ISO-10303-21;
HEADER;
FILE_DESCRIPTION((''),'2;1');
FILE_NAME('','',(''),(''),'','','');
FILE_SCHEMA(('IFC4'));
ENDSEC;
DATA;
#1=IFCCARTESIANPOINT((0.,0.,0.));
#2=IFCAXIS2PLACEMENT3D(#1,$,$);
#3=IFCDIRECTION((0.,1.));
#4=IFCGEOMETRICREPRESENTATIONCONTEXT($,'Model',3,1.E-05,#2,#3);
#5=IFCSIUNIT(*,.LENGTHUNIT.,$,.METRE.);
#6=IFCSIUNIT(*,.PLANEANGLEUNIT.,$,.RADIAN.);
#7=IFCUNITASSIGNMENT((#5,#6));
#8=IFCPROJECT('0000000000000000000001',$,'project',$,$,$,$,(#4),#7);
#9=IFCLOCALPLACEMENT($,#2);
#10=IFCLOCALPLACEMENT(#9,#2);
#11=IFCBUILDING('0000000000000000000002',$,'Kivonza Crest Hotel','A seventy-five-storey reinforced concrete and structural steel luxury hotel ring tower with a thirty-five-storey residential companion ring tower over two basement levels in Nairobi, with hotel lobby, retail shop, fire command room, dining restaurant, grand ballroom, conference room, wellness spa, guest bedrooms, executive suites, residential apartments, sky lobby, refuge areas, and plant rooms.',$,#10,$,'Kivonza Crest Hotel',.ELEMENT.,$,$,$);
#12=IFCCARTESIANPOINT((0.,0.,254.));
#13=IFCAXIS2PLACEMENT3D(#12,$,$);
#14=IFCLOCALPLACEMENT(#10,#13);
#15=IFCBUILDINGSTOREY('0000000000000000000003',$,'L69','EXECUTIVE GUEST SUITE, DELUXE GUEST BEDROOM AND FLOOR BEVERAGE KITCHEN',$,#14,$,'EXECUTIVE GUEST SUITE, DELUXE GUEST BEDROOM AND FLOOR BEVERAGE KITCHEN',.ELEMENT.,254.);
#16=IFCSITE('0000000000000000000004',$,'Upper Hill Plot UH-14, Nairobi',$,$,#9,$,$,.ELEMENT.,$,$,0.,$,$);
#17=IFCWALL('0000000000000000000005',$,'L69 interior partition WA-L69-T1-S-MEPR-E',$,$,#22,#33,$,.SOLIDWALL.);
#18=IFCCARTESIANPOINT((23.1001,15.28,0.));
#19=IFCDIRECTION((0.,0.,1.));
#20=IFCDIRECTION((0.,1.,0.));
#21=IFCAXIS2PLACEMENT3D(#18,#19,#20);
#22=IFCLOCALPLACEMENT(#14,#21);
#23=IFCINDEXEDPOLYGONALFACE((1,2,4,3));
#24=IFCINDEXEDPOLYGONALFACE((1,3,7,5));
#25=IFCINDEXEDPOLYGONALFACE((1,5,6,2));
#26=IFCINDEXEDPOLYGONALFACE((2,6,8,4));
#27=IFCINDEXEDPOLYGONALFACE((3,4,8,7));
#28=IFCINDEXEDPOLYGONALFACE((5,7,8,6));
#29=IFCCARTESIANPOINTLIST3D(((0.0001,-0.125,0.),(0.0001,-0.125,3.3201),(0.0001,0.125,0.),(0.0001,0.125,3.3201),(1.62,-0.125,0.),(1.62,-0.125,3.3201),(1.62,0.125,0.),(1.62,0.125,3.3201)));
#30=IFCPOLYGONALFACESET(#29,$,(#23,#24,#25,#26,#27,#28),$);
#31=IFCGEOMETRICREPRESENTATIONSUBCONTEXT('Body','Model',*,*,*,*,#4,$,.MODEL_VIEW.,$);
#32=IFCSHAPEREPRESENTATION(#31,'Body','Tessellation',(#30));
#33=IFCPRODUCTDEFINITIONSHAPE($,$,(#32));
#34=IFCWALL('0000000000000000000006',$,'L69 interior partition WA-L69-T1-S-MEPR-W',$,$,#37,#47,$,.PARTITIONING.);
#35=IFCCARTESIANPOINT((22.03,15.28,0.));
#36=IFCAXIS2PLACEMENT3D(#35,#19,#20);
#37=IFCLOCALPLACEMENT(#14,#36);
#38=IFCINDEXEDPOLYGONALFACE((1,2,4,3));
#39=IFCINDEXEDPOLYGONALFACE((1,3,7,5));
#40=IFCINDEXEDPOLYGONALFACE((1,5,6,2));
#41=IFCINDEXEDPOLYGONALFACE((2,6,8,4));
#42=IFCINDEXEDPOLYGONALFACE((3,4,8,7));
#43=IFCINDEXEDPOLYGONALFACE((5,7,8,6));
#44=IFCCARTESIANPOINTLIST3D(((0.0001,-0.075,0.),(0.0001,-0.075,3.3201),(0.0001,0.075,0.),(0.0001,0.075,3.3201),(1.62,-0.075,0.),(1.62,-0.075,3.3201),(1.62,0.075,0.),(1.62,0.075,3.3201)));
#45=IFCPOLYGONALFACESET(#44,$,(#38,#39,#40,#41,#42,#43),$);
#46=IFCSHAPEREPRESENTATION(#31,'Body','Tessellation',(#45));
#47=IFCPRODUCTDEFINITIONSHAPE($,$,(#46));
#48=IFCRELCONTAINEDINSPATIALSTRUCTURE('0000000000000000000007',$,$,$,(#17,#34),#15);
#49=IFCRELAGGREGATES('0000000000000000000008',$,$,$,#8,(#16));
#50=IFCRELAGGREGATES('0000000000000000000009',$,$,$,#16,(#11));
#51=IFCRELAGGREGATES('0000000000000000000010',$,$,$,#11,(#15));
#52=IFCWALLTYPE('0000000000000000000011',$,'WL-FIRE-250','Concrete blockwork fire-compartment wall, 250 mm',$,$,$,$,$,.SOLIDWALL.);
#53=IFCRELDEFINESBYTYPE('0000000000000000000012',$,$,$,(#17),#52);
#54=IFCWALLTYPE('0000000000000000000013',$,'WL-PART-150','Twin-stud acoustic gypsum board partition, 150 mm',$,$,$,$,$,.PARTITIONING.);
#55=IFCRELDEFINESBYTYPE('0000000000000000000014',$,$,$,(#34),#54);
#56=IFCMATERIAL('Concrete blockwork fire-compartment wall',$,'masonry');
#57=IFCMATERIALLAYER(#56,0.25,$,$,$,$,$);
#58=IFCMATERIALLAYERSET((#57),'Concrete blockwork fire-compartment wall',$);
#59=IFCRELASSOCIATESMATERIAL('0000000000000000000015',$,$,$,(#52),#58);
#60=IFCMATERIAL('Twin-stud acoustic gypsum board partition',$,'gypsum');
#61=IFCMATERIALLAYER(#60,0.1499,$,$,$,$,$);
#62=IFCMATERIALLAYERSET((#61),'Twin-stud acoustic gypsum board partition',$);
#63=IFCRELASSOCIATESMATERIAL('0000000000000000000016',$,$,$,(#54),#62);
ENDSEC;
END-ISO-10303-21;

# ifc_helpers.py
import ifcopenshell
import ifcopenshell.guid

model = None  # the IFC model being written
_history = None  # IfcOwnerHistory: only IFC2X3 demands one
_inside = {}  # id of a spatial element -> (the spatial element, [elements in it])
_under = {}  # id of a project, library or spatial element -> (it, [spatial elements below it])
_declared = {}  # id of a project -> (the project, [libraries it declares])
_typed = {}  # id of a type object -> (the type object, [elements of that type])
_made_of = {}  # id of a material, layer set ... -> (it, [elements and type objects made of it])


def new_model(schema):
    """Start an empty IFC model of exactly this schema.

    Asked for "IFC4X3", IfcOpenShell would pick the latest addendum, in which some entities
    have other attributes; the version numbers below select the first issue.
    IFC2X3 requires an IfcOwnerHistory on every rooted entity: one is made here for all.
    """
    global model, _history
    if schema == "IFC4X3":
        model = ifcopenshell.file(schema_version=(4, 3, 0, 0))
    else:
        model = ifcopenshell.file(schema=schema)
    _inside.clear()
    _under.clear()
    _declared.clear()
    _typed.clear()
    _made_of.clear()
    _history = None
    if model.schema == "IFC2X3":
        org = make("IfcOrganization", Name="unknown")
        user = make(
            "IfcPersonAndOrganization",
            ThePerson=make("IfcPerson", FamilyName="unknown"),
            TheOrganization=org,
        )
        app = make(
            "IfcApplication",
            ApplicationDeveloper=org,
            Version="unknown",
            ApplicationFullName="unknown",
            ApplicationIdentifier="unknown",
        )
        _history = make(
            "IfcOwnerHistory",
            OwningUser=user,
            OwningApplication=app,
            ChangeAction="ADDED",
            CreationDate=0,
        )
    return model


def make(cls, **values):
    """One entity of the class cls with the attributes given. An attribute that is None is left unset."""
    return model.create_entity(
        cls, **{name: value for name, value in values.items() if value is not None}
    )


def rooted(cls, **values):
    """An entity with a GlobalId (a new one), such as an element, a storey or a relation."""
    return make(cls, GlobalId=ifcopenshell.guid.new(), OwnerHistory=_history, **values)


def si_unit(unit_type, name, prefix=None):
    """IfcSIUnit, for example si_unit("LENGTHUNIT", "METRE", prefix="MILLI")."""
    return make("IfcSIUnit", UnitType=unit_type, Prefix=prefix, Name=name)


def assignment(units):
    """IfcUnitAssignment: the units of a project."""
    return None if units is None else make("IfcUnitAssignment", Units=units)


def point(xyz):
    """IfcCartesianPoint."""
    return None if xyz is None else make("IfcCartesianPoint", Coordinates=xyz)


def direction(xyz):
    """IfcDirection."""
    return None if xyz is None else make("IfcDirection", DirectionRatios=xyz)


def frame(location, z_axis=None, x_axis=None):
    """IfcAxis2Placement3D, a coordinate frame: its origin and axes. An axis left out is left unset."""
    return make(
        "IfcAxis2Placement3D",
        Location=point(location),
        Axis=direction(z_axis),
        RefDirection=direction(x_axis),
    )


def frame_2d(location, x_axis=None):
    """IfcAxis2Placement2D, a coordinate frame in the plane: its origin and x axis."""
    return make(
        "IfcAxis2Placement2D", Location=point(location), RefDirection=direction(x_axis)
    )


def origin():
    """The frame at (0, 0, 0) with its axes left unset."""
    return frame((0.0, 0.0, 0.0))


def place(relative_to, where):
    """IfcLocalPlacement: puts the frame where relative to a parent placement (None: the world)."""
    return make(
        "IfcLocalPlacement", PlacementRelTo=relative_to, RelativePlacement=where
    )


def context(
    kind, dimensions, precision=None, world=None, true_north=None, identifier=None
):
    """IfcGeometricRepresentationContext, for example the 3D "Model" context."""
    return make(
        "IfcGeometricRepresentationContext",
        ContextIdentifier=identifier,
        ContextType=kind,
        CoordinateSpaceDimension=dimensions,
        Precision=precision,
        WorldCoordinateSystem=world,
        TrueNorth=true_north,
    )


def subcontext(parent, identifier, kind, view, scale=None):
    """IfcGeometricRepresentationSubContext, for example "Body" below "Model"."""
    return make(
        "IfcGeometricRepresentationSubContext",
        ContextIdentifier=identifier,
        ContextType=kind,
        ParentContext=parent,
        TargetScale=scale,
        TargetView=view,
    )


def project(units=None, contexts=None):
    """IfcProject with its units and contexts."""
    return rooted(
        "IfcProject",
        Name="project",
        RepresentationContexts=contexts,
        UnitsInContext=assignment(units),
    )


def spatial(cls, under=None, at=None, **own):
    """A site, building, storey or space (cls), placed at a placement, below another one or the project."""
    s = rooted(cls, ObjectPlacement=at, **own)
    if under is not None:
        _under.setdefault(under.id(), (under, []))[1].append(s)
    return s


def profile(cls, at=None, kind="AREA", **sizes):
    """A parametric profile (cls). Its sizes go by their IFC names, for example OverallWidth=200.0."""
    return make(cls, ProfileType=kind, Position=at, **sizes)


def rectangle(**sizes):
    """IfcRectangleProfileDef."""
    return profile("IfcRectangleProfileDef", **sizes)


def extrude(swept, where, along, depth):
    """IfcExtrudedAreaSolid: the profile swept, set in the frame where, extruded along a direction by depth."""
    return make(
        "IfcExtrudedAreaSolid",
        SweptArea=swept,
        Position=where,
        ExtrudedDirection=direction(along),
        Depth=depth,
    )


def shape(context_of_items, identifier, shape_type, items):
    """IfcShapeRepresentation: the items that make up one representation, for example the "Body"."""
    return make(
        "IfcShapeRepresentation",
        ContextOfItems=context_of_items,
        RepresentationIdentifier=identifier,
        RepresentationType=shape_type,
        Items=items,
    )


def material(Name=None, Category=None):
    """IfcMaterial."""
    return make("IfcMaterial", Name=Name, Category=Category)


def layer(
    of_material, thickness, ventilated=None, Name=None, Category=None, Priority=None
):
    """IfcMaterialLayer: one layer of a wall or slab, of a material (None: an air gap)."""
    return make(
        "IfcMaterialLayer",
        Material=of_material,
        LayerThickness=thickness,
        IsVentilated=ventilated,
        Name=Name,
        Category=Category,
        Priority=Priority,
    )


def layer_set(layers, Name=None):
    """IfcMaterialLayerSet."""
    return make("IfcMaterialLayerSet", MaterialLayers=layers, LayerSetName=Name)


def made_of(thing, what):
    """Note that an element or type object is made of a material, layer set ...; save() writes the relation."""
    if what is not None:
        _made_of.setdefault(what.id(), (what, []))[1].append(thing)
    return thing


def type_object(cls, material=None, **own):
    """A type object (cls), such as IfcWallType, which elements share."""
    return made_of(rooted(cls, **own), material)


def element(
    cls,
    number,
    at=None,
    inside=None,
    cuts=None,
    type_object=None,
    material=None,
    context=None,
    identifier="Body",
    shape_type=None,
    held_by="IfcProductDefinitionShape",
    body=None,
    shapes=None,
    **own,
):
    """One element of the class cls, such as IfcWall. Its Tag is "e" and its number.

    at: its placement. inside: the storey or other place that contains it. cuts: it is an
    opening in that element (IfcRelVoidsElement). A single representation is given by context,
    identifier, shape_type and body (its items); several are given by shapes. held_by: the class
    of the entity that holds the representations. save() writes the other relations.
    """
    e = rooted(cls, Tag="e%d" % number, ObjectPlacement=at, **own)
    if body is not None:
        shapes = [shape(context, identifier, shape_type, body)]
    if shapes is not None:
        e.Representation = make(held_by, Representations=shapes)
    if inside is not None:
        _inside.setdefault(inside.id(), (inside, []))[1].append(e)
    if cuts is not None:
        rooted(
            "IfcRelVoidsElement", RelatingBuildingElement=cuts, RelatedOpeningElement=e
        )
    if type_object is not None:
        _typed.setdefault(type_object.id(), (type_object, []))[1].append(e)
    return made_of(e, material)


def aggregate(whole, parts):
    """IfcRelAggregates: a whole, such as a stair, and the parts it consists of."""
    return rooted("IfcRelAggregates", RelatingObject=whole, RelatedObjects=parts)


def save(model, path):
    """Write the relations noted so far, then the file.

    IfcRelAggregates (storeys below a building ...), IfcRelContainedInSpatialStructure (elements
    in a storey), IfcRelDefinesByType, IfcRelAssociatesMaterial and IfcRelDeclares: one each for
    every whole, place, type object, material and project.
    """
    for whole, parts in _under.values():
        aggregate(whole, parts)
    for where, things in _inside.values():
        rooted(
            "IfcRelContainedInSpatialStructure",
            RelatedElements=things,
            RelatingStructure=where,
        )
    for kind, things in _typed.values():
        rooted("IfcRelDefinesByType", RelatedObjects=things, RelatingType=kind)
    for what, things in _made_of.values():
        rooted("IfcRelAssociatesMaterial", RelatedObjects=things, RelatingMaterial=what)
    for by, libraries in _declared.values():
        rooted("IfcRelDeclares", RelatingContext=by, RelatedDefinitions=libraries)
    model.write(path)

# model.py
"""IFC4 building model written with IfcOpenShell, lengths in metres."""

from ifc_helpers import new_model, si_unit, direction, frame, frame_2d, origin, place, context, subcontext, project, spatial, rectangle, extrude, material, layer, layer_set, type_object, element, save


model = new_model("IFC4")

# Units and contexts
model_context = context("Model", 3, precision=1e-05, world=origin(), true_north=direction((0.0, 1.0)))
body_context = subcontext(model_context, "Body", "Model", "MODEL_VIEW")
ifc_project = project(units=[si_unit("LENGTHUNIT", "METRE"), si_unit("PLANEANGLEUNIT", "RADIAN")], contexts=[model_context])

# Site, building, storey
site_placement = place(None, origin())
site = spatial("IfcSite", under=ifc_project, at=site_placement, Name="Upper Hill Plot UH-14, Nairobi", CompositionType="ELEMENT", RefElevation=0.0)
building_placement = place(site_placement, origin())
building = spatial("IfcBuilding", under=site, at=building_placement, Name="Kivonza Crest Hotel", Description="A seventy-five-storey reinforced concrete and structural steel luxury hotel ring tower with a thirty-five-storey residential companion ring tower over two basement levels in Nairobi, with hotel lobby, retail shop, fire command room, dining restaurant, grand ballroom, conference room, wellness spa, guest bedrooms, executive suites, residential apartments, sky lobby, refuge areas, and plant rooms.", LongName="Kivonza Crest Hotel", CompositionType="ELEMENT")
storey_placement = place(building_placement, frame((0.0, 0.0, 254.0)))
storey = spatial("IfcBuildingStorey", under=building, at=storey_placement, Name="L69", Description="EXECUTIVE GUEST SUITE, DELUXE GUEST BEDROOM AND FLOOR BEVERAGE KITCHEN", LongName="EXECUTIVE GUEST SUITE, DELUXE GUEST BEDROOM AND FLOOR BEVERAGE KITCHEN", CompositionType="ELEMENT", Elevation=254.0)

# Wall
ifc_material_1 = material(Name="Concrete blockwork fire-compartment wall", Category="masonry")
ifc_layer_1 = layer(ifc_material_1, 0.25)
ifc_layer_set_1 = layer_set([ifc_layer_1], Name="Concrete blockwork fire-compartment wall")
wall_type_1 = type_object("IfcWallType", Name="WL-FIRE-250", Description="Concrete blockwork fire-compartment wall, 250 mm", PredefinedType="SOLIDWALL", material=ifc_layer_set_1)
wall_1_placement = place(storey_placement, frame((23.1001, 15.28, 0.0), z_axis=(0.0, 0.0, 1.0), x_axis=(0.0, 1.0, 0.0)))
element("IfcWall", 1, at=wall_1_placement, inside=storey, type_object=wall_type_1, Name="L69 interior partition WA-L69-T1-S-MEPR-E", PredefinedType="SOLIDWALL", context=body_context, shape_type="SweptSolid", body=[
    extrude(rectangle(XDim=1.6199, YDim=0.25, at=frame_2d((0.8101, 0.0))), origin(), (0.0, 0.0, 1.0), 3.3201),
])

# Wall
ifc_material_2 = material(Name="Twin-stud acoustic gypsum board partition", Category="gypsum")
ifc_layer_2 = layer(ifc_material_2, 0.1499)
ifc_layer_set_2 = layer_set([ifc_layer_2], Name="Twin-stud acoustic gypsum board partition")
wall_type_2 = type_object("IfcWallType", Name="WL-PART-150", Description="Twin-stud acoustic gypsum board partition, 150 mm", PredefinedType="PARTITIONING", material=ifc_layer_set_2)
wall_2_placement = place(storey_placement, frame((22.03, 15.28, 0.0), z_axis=(0.0, 0.0, 1.0), x_axis=(0.0, 1.0, 0.0)))
element("IfcWall", 2, at=wall_2_placement, inside=storey, type_object=wall_type_2, Name="L69 interior partition WA-L69-T1-S-MEPR-W", PredefinedType="PARTITIONING", context=body_context, shape_type="SweptSolid", body=[
    extrude(rectangle(XDim=1.6199, YDim=0.1499, at=frame_2d((0.8101, 0.0))), origin(), (0.0, 0.0, 1.0), 3.3201),
])

save(model, "model.ifc")
